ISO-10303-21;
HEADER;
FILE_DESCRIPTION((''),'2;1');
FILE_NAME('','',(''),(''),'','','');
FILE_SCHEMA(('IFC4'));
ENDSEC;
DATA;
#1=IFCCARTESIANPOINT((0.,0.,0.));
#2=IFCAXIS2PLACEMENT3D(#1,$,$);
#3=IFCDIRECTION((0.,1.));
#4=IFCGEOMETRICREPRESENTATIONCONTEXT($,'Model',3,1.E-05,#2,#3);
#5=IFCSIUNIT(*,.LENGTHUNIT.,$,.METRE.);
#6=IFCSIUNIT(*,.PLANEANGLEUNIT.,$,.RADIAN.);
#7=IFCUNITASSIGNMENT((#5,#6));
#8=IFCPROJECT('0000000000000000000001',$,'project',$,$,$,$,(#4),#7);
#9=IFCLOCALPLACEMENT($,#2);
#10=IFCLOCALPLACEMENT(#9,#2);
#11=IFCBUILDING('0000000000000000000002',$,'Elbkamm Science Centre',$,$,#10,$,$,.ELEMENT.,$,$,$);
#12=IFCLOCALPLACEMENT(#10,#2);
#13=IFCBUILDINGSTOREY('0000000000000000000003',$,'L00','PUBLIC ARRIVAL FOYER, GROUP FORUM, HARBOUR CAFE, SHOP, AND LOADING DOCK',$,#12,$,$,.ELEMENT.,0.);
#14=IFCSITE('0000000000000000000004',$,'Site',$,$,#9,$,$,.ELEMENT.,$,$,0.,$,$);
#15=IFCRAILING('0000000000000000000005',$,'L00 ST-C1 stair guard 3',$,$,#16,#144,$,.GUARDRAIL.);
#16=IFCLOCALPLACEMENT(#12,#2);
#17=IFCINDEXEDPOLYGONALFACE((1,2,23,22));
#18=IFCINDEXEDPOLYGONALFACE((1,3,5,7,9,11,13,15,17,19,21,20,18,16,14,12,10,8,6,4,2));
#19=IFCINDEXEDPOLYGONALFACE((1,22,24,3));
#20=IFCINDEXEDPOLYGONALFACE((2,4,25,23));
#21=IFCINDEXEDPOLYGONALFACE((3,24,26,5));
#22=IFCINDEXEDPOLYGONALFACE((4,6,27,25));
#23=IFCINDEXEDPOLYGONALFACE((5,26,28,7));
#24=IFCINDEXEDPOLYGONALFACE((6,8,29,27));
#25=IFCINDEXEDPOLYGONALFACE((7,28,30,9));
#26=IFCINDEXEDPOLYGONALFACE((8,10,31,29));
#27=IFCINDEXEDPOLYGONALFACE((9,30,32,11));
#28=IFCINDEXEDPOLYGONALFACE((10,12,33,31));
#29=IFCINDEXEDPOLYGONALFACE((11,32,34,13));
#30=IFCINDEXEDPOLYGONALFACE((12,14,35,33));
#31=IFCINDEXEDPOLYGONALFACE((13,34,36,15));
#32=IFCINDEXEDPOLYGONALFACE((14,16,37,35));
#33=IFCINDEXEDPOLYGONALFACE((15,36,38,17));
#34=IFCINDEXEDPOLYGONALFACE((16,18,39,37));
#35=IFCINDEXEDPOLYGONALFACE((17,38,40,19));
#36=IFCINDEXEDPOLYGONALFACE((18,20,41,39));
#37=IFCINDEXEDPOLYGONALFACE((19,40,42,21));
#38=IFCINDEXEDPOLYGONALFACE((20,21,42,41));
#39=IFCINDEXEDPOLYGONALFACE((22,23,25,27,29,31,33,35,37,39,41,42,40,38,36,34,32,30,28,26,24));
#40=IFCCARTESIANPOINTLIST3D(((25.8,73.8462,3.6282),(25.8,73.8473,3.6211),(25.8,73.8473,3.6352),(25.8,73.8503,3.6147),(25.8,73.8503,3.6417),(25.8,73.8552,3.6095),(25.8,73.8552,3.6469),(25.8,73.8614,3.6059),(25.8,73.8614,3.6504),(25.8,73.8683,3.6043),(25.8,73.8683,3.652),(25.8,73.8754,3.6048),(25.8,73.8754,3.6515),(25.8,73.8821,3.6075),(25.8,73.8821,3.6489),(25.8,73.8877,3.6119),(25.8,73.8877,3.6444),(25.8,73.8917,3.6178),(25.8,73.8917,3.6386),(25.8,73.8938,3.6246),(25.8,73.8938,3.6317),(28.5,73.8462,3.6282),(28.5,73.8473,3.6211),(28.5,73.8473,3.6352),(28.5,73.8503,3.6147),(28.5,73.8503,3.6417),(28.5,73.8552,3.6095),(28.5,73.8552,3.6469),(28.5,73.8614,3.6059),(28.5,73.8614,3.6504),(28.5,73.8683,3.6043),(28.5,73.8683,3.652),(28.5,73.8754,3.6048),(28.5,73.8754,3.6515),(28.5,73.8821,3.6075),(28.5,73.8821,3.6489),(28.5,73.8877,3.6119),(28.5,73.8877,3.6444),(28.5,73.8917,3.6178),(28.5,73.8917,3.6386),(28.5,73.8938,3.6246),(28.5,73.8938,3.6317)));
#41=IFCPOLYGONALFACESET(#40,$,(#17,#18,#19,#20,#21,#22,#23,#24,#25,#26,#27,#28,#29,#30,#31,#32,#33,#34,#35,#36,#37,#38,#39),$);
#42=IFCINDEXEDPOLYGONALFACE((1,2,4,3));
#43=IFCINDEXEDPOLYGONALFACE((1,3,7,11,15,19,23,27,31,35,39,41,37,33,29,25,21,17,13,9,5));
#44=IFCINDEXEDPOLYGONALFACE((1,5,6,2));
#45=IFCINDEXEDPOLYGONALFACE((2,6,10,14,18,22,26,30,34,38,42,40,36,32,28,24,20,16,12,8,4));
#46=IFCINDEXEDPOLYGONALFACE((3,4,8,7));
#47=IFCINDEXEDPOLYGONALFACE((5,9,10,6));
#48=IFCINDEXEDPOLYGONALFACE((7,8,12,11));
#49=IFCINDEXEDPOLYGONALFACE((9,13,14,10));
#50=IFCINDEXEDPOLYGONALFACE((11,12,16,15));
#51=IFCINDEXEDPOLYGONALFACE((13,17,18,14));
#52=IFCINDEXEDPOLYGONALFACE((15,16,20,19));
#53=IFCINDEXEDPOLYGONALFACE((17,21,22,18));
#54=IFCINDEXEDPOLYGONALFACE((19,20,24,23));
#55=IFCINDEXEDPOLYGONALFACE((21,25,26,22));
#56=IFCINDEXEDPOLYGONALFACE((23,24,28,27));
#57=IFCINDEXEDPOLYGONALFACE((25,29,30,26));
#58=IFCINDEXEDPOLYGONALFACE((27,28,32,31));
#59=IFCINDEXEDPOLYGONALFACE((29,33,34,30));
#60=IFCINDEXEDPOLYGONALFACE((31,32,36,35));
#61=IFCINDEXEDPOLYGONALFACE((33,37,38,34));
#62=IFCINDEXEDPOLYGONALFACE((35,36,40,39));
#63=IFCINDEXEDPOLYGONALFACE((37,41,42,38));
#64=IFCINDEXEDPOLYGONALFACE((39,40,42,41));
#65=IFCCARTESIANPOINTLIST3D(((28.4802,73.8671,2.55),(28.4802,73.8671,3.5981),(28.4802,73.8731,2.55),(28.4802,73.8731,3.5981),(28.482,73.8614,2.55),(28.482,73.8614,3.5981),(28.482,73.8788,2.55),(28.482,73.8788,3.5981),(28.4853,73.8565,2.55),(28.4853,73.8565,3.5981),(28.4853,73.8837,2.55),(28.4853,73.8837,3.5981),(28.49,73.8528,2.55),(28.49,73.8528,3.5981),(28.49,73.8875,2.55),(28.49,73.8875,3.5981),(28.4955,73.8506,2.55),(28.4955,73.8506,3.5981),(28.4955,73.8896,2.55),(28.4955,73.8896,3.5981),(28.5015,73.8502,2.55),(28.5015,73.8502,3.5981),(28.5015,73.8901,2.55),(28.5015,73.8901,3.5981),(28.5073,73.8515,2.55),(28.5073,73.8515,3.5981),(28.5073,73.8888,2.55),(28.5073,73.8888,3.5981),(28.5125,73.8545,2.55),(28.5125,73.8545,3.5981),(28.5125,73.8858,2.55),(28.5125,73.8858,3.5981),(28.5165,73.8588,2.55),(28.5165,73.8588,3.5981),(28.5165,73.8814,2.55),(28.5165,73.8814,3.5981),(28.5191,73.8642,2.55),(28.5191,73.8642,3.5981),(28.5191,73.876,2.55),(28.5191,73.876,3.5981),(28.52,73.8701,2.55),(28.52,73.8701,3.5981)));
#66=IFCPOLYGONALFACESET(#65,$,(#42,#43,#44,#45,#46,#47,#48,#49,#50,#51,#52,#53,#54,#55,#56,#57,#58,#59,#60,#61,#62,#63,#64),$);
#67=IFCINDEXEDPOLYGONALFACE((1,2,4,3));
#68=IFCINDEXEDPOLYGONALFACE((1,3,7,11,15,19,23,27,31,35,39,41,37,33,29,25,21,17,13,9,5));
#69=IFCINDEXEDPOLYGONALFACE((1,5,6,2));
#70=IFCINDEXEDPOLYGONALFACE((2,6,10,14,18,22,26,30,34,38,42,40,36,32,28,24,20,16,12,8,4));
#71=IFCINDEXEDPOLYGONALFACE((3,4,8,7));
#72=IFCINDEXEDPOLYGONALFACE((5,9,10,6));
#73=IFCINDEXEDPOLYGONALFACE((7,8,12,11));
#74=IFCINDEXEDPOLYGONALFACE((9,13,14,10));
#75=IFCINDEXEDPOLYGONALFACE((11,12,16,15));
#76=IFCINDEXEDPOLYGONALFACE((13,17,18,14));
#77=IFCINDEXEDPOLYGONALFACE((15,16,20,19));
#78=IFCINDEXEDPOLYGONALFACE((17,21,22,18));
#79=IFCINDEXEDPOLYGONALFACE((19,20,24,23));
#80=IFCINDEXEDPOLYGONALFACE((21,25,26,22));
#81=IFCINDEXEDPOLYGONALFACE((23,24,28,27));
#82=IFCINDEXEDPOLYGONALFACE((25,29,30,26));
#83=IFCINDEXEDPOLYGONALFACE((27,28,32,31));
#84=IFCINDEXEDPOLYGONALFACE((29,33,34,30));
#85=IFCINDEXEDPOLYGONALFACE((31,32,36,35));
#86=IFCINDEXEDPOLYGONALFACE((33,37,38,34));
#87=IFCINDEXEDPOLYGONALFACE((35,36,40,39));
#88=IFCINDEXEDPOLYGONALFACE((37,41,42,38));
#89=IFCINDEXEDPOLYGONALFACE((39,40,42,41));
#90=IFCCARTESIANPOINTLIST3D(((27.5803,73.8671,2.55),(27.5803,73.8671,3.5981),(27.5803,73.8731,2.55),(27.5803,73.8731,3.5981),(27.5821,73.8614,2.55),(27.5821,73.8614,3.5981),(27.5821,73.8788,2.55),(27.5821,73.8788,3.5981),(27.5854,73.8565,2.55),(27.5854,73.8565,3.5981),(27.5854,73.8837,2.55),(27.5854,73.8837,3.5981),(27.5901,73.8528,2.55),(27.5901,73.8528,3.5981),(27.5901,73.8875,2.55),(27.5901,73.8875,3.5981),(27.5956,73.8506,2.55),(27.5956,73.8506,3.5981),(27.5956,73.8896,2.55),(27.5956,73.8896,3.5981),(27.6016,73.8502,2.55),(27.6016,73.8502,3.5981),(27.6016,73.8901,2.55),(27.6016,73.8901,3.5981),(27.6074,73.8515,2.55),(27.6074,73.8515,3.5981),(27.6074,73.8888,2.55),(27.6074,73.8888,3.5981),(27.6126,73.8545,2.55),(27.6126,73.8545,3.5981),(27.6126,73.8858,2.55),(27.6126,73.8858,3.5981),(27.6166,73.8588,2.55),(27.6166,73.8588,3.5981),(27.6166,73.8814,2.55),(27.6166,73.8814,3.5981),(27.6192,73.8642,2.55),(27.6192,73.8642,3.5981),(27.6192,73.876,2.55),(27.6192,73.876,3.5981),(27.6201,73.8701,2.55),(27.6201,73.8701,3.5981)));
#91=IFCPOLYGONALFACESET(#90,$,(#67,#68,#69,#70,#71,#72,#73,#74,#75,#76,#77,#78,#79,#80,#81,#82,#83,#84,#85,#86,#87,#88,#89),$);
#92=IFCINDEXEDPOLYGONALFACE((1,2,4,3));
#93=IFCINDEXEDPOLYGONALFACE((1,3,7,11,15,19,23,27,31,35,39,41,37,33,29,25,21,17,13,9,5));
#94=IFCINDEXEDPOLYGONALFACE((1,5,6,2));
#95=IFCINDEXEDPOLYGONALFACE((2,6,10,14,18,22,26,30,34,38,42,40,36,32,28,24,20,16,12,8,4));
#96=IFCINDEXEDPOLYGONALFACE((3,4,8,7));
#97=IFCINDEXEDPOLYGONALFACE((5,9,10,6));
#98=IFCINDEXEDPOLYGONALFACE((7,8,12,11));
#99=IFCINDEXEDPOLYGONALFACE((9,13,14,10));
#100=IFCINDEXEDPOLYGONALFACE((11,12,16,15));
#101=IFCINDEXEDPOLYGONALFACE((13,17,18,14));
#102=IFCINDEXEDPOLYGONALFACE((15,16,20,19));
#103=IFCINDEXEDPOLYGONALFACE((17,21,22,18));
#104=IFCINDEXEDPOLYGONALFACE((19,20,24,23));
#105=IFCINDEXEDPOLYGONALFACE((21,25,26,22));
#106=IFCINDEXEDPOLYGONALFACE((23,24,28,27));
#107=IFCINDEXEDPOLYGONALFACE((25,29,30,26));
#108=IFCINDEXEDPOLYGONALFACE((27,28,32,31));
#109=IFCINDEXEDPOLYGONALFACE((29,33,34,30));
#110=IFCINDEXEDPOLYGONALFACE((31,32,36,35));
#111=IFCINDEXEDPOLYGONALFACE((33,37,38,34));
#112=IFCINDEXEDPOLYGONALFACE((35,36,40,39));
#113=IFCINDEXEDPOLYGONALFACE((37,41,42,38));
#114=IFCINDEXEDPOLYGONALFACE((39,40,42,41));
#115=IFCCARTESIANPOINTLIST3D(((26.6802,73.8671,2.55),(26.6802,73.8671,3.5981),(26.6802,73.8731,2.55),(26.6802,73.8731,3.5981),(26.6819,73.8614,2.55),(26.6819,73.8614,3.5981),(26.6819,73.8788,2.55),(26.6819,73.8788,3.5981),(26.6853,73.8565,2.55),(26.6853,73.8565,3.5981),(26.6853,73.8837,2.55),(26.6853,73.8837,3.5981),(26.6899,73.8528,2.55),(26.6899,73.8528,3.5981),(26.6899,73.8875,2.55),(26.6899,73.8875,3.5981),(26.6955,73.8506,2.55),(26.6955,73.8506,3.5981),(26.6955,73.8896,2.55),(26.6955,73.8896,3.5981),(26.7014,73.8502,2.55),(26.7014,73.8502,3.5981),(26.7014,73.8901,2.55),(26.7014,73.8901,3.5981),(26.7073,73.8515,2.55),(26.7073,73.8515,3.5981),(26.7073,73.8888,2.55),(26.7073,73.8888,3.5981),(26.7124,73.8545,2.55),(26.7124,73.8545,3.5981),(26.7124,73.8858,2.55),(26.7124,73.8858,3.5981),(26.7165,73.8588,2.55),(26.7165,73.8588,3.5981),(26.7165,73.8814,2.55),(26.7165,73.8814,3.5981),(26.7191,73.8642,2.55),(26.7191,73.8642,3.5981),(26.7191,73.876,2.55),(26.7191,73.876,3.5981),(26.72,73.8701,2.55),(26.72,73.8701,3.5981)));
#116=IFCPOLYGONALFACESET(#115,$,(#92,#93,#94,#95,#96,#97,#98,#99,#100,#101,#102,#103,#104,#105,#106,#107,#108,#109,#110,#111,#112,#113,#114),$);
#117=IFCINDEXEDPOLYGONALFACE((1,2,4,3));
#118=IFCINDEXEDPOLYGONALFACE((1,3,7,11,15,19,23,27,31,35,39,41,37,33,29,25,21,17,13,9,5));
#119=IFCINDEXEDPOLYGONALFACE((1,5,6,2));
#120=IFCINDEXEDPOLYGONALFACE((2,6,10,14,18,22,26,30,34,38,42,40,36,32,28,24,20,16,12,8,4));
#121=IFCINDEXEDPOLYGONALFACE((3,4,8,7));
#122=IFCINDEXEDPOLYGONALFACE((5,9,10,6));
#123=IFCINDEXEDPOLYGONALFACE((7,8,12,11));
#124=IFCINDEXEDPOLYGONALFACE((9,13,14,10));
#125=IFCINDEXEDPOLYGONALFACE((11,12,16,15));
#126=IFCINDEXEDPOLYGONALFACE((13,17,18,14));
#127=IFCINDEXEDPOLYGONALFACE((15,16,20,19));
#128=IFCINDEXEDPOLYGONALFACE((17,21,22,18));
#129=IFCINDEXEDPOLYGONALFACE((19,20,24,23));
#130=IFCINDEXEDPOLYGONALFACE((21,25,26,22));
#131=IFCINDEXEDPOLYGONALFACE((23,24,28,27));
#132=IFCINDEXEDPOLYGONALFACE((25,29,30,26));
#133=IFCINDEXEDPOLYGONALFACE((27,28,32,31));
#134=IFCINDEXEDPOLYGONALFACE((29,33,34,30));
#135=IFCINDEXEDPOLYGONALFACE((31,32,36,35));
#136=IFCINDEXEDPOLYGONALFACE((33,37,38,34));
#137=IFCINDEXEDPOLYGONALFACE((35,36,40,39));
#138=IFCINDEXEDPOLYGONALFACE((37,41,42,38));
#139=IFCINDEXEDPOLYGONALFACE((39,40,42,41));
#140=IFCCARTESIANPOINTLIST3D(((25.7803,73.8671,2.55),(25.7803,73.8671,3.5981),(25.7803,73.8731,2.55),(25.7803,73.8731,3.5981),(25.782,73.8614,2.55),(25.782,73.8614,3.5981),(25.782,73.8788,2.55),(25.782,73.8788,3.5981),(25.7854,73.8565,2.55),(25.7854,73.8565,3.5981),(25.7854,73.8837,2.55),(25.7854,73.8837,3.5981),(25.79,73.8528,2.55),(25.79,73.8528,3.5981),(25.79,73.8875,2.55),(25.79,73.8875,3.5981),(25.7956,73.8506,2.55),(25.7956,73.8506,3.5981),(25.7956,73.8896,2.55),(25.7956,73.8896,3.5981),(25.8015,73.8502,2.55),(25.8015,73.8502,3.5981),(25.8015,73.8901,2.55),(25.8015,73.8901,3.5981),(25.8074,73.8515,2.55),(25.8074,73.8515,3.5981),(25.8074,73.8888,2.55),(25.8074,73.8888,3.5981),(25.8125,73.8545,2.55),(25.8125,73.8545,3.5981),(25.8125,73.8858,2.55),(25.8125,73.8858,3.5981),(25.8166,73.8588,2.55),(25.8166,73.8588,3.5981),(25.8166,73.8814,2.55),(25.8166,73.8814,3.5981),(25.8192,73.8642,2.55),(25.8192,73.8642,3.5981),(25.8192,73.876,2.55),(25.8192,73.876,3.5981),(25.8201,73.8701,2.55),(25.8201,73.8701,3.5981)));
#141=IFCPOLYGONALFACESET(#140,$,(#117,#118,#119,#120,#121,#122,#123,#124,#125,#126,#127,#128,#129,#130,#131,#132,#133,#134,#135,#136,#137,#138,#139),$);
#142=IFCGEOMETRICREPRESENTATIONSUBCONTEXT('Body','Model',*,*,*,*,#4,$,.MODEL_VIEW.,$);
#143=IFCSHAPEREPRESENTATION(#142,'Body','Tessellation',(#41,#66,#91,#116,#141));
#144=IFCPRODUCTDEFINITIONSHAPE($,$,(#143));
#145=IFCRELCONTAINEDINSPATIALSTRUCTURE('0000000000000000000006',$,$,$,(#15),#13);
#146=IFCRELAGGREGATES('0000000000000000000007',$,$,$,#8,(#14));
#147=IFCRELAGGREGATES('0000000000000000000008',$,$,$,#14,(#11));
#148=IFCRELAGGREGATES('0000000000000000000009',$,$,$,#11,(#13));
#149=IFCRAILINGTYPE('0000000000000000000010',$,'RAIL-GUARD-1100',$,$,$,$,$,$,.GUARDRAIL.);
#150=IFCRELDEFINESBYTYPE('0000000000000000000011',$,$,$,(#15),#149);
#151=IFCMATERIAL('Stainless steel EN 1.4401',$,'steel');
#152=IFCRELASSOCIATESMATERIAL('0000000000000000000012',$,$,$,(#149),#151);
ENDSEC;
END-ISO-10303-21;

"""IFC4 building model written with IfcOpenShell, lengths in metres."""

from ifc_helpers import new_model, si_unit, direction, frame, origin, origin_2d, place, context, subcontext, project, spatial, circle, extrude, material, type_object, element, save


model = new_model("IFC4")

# Units and contexts
model_context = context("Model", 3, precision=1e-05, world=origin(), true_north=direction((0.0, 1.0)))
body_context = subcontext(model_context, "Body", "Model", "MODEL_VIEW")
ifc_project = project(units=[si_unit("LENGTHUNIT", "METRE"), si_unit("PLANEANGLEUNIT", "RADIAN")], contexts=[model_context])

# Site, building, storey
site_placement = place(None, origin())
site = spatial("IfcSite", under=ifc_project, at=site_placement, Name="Site", CompositionType="ELEMENT", RefElevation=0.0)
building_placement = place(site_placement, origin())
building = spatial("IfcBuilding", under=site, at=building_placement, Name="Elbkamm Science Centre", CompositionType="ELEMENT")
storey_placement = place(building_placement, origin())
storey = spatial("IfcBuildingStorey", under=building, at=storey_placement, Name="L00", Description="PUBLIC ARRIVAL FOYER, GROUP FORUM, HARBOUR CAFE, SHOP, AND LOADING DOCK", CompositionType="ELEMENT", Elevation=0.0)

# Railing
ifc_material_1 = material(Name="Stainless steel EN 1.4401", Category="steel")
railing_type_1 = type_object("IfcRailingType", Name="RAIL-GUARD-1100", PredefinedType="GUARDRAIL", material=ifc_material_1)
for number, where, name in (
    (1, (28.5, 73.8701, 2.55), "L00 ST-C1 stair guard 3"),
):
    element("IfcRailing", number, at=place(storey_placement, frame(where)), inside=storey, type_object=railing_type_1, Name=name, PredefinedType="GUARDRAIL", context=body_context, shape_type="SweptSolid", body=[
        extrude(circle(Radius=0.0239, at=origin_2d()), frame((0.0, 0.0, 1.0781), z_axis=(-1.0, 0.0, 0.0), x_axis=(0.0, -1.0, 0.0)), (0.0, 0.0, 1.0), 2.7),
        extrude(circle(Radius=0.02, at=origin_2d()), origin(), (0.0, 0.0, 1.0), 1.0481),
        extrude(circle(Radius=0.02, at=origin_2d()), frame((-0.8999, 0.0, 0.0)), (0.0, 0.0, 1.0), 1.0481),
        extrude(circle(Radius=0.02, at=origin_2d()), frame((-1.8, 0.0, 0.0)), (0.0, 0.0, 1.0), 1.0481),
        extrude(circle(Radius=0.02, at=origin_2d()), frame((-2.7, 0.0, 0.0)), (0.0, 0.0, 1.0), 1.0481),
    ])

save(model, "model.ifc")
